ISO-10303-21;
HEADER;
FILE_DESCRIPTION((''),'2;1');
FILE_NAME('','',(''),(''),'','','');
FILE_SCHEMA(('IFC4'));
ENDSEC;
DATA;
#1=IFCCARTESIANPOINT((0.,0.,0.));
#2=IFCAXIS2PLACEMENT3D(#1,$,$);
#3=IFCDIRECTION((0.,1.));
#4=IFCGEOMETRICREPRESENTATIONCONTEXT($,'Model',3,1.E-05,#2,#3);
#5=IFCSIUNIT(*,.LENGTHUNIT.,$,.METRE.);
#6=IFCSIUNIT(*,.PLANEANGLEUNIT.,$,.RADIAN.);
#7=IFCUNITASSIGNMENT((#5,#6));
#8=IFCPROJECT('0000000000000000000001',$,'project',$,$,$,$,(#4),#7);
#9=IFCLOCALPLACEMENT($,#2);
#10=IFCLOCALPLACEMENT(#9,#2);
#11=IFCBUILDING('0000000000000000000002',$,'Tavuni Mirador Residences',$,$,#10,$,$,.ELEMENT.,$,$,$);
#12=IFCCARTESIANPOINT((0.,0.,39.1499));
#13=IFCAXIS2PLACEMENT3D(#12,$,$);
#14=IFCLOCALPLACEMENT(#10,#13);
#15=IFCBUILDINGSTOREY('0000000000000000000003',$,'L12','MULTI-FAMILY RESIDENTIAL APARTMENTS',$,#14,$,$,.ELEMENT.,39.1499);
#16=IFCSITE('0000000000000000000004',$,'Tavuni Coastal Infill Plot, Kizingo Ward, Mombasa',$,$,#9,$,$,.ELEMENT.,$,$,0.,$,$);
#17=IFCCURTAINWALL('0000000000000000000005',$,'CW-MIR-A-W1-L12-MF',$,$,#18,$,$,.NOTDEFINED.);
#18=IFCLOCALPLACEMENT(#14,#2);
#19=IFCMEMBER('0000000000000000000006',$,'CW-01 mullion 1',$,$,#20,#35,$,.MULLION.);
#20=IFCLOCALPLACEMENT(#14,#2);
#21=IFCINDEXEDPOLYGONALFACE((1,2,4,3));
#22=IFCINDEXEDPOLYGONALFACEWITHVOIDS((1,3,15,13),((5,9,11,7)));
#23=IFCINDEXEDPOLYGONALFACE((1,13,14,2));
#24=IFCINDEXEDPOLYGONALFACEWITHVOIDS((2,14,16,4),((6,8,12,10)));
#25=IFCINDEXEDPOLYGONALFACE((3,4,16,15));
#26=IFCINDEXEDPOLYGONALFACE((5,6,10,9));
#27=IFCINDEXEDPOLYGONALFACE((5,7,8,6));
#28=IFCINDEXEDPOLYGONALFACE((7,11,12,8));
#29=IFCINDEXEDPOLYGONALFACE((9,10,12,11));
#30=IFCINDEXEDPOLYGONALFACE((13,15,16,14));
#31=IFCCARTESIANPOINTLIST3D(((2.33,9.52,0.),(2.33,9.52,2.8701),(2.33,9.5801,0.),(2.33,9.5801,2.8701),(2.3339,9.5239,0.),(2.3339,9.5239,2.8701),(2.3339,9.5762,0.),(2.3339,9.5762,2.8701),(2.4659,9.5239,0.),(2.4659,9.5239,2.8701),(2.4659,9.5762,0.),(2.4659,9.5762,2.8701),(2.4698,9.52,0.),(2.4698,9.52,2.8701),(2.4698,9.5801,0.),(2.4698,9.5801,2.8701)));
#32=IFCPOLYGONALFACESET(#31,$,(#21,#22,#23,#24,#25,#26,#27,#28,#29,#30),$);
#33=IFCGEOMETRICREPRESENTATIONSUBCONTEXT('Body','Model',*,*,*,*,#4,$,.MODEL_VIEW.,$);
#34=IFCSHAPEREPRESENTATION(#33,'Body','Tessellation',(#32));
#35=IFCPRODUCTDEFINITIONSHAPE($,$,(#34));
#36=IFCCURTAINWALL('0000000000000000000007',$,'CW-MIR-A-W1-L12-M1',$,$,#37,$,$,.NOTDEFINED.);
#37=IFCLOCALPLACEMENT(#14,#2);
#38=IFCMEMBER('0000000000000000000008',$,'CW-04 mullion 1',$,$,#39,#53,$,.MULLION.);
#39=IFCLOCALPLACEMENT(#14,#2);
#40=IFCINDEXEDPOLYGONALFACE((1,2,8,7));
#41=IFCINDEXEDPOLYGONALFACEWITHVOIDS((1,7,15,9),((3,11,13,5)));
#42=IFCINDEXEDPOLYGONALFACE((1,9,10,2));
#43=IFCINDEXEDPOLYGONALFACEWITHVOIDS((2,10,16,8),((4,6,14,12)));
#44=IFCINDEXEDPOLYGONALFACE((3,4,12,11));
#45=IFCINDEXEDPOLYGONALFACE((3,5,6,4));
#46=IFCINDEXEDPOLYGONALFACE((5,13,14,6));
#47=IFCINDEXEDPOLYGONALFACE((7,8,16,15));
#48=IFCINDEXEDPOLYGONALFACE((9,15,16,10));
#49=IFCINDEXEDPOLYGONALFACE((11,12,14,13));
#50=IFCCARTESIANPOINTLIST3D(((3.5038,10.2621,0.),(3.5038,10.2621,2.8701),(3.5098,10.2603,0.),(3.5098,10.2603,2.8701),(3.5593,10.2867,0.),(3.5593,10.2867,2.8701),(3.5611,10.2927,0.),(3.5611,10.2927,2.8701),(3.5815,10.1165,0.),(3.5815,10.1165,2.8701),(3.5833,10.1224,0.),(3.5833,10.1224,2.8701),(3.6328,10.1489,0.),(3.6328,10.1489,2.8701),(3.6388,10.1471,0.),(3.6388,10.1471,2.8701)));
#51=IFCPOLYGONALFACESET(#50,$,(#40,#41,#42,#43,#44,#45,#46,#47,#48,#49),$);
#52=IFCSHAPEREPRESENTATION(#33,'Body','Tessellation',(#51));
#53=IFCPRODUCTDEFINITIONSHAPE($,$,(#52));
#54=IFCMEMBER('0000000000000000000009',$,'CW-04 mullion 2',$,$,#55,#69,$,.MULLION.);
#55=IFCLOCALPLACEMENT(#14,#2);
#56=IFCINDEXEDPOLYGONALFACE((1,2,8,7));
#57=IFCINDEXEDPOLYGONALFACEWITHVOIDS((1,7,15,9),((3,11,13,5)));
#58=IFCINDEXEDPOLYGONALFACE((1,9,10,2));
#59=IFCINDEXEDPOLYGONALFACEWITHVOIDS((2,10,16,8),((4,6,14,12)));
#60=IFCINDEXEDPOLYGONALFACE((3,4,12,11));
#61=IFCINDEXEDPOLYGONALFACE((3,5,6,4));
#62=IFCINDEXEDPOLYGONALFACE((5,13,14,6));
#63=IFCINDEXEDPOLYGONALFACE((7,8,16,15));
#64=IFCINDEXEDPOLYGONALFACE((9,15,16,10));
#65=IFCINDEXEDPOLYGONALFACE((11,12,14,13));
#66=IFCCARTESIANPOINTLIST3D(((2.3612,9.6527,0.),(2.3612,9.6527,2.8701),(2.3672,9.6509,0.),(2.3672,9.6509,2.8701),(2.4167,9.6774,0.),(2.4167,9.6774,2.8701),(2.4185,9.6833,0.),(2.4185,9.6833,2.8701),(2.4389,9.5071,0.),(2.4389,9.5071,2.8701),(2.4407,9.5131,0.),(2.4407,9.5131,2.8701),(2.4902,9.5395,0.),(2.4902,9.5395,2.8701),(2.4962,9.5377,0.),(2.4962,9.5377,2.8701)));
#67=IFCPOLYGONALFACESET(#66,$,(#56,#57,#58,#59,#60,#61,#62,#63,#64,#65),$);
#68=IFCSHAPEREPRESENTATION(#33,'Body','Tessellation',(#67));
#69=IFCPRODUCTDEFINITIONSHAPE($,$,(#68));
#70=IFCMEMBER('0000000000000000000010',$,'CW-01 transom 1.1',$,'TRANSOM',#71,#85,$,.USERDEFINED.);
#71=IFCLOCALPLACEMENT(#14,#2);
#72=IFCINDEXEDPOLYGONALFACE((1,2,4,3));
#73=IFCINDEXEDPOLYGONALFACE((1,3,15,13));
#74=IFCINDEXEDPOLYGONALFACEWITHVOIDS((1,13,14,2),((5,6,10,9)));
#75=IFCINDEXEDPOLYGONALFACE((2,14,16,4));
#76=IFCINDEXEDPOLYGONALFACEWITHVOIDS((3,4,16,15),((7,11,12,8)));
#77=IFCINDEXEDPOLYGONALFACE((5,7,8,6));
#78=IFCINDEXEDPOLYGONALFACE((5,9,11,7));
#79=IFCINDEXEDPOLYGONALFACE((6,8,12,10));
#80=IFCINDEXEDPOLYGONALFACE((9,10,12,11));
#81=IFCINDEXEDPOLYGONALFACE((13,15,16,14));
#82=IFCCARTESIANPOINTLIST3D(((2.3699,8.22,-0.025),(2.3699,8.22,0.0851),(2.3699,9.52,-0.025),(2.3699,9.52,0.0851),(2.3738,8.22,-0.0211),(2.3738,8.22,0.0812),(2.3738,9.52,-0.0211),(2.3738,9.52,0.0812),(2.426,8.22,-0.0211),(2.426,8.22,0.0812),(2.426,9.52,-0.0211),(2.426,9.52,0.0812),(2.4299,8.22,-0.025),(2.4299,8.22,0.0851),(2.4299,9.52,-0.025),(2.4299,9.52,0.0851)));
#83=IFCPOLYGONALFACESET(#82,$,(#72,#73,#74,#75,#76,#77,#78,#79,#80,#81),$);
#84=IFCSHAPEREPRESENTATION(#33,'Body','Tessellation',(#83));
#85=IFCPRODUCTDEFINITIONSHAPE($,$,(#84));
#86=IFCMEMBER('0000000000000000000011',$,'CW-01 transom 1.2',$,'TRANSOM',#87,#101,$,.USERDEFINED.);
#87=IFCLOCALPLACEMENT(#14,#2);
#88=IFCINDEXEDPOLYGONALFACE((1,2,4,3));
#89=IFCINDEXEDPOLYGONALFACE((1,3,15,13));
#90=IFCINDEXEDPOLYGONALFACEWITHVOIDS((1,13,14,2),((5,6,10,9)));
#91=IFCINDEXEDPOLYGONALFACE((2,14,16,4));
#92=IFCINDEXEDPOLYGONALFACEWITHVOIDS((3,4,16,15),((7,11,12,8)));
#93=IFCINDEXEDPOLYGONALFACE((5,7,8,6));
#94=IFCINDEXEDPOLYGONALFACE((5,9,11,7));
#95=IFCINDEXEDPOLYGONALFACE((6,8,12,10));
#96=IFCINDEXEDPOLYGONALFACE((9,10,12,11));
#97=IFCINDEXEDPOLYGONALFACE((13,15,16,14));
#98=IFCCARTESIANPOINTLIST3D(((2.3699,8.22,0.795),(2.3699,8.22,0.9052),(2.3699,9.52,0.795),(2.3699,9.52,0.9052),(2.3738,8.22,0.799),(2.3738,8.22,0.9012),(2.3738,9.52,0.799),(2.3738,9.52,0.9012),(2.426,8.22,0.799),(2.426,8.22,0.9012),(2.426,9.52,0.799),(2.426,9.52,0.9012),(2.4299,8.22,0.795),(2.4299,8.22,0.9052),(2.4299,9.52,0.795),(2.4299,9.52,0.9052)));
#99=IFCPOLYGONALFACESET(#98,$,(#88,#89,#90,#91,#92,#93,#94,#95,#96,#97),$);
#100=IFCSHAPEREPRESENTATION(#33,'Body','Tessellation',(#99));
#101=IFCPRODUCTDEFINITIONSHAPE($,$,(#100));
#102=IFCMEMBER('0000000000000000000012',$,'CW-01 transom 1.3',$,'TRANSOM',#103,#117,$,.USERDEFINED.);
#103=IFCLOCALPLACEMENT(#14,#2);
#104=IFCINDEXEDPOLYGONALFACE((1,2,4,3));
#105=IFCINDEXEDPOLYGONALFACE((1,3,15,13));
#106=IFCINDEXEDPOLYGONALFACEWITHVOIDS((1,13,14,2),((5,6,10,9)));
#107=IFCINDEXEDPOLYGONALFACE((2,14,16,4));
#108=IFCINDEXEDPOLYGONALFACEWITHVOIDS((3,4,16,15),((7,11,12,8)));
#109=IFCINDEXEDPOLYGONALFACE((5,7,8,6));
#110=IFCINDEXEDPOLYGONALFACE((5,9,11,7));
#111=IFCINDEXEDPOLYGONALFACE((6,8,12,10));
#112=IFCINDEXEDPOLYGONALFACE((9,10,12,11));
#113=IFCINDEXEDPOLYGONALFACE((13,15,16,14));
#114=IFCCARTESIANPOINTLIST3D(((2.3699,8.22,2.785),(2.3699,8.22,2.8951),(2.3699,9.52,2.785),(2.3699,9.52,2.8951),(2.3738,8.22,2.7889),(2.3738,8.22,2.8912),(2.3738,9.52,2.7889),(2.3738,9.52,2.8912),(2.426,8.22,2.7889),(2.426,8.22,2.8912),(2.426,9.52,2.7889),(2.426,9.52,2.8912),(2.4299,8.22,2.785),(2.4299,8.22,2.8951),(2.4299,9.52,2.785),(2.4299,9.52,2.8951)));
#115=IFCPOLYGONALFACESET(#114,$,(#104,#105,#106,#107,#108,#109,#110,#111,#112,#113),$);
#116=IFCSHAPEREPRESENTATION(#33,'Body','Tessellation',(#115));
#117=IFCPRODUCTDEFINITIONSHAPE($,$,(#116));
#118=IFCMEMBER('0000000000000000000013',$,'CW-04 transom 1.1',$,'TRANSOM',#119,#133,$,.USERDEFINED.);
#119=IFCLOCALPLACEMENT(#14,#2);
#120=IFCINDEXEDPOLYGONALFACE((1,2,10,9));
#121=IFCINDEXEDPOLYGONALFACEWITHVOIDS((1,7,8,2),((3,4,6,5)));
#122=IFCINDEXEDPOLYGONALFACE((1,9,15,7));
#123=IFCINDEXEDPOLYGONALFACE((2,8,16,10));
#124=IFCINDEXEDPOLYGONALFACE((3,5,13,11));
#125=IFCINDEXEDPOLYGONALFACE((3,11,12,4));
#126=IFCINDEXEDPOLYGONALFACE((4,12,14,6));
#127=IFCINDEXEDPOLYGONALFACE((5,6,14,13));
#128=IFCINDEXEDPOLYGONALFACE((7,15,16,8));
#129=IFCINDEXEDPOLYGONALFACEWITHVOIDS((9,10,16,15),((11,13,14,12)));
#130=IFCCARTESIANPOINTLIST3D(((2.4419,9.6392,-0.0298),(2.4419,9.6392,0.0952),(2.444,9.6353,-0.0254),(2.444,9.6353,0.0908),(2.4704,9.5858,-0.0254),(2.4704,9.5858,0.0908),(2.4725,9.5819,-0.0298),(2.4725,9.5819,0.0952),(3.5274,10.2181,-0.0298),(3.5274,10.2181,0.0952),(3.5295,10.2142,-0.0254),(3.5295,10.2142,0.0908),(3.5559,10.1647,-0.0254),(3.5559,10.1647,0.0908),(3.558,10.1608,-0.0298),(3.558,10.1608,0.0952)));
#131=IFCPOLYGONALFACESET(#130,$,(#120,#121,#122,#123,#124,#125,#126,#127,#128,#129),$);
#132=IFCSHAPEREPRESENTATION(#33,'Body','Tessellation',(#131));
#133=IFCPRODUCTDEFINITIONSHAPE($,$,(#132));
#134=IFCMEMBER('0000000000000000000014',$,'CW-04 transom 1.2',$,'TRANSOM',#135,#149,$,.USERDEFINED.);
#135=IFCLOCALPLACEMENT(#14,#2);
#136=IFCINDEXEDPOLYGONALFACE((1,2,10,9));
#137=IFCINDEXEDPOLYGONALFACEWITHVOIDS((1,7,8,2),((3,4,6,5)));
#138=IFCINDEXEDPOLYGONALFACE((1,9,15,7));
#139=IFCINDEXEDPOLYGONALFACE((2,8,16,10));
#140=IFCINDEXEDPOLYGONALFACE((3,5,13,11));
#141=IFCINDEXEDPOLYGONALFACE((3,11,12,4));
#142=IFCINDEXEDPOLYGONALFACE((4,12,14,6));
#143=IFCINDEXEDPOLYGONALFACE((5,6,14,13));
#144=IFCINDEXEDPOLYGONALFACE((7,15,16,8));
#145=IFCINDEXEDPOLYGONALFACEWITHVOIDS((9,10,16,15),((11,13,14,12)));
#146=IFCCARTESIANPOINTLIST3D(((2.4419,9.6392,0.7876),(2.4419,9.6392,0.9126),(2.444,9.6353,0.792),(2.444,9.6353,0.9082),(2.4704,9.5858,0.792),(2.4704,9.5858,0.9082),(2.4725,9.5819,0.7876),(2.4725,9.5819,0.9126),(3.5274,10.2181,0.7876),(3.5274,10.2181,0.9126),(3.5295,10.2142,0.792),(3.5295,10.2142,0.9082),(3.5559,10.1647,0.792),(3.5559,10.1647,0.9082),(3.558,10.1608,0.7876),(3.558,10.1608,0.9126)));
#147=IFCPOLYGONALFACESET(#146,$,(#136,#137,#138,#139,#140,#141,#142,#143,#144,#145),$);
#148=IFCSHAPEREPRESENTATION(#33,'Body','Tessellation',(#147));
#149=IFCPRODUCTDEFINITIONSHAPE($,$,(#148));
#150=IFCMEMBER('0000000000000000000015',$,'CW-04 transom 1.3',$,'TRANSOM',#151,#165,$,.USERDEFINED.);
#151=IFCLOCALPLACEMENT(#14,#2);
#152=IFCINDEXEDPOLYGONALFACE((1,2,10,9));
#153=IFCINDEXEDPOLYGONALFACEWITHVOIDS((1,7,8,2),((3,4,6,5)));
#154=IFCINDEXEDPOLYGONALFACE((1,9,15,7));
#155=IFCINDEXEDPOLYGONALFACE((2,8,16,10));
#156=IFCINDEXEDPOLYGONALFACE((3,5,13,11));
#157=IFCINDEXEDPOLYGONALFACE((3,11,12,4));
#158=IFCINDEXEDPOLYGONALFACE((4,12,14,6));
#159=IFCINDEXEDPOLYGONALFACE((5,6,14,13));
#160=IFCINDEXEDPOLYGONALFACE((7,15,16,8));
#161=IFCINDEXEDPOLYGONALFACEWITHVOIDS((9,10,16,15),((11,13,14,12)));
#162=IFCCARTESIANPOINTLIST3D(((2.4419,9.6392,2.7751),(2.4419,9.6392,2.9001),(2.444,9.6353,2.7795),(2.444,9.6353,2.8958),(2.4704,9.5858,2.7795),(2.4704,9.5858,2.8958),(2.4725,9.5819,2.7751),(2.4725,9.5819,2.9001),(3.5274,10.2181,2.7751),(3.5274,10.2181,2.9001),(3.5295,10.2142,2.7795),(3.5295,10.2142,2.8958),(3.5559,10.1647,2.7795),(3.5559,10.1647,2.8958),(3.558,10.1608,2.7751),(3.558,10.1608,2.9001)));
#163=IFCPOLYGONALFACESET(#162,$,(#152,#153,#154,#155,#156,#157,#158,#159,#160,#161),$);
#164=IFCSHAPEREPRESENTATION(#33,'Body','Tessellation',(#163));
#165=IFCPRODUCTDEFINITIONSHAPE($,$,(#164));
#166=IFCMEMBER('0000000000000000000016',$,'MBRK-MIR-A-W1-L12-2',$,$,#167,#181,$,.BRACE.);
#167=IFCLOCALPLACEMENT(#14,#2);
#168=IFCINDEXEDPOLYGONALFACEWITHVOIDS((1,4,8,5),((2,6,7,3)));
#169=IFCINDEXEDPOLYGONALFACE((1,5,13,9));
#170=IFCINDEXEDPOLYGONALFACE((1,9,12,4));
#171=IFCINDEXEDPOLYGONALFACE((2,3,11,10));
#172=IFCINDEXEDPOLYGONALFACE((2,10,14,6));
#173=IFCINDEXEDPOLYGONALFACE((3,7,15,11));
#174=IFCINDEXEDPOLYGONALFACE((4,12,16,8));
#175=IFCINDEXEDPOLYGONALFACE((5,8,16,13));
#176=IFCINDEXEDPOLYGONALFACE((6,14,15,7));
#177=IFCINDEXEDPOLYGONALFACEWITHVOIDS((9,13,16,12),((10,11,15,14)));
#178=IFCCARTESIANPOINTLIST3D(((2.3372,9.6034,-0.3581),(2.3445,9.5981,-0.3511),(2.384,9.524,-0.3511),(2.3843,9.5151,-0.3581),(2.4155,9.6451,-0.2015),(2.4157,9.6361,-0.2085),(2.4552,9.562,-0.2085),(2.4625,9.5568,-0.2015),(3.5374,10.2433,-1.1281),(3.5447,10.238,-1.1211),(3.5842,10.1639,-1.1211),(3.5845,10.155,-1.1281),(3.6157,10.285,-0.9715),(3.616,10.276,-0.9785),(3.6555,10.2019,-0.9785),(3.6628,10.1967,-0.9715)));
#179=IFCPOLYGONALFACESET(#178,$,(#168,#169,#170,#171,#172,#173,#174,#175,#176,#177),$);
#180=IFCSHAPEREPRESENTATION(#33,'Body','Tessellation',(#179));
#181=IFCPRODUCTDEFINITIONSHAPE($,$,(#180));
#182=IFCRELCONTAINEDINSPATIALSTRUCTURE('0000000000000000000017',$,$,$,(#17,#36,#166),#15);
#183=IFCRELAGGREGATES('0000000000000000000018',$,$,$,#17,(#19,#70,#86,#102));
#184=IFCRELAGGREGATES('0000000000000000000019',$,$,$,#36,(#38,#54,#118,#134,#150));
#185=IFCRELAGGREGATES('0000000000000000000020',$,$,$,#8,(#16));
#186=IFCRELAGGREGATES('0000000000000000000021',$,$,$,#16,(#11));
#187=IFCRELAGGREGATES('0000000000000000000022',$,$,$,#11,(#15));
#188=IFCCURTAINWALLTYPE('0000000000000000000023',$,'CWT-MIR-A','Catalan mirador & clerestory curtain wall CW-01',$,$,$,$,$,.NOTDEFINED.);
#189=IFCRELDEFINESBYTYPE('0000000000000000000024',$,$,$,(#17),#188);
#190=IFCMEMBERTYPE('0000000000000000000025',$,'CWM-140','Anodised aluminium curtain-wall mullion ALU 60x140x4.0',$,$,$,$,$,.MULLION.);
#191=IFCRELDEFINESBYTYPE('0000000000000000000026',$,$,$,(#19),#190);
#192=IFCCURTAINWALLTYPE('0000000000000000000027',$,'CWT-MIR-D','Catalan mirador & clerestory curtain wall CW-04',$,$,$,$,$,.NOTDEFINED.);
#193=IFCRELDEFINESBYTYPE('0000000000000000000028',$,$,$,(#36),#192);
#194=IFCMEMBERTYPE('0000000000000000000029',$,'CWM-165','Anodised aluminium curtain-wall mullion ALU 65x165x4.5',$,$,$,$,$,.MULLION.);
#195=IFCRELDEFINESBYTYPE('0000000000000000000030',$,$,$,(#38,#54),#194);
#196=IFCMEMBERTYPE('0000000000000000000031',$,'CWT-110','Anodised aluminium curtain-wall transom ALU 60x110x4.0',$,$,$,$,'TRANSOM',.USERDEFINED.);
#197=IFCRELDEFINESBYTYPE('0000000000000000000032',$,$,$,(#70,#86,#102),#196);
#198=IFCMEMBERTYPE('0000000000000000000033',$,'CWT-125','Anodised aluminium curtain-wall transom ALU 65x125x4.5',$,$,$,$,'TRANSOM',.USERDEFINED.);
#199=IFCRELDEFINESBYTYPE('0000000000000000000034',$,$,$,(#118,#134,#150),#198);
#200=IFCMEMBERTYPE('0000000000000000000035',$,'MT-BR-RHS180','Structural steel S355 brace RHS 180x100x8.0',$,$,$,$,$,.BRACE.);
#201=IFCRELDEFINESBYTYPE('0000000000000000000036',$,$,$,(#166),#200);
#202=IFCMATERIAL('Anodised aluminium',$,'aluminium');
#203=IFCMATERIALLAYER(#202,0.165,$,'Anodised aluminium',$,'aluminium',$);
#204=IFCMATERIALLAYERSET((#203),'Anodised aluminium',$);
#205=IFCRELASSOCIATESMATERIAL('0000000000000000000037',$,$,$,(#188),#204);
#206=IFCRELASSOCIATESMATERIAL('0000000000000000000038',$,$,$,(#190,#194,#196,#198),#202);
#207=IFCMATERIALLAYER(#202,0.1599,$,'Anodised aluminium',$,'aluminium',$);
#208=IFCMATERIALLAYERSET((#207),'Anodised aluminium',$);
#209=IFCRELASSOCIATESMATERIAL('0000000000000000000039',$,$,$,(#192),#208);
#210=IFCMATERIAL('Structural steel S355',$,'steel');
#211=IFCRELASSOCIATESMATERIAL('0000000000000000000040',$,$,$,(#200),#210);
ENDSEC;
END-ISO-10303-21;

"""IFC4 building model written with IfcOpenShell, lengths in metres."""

from ifc_helpers import new_model, si_unit, direction, frame, origin, origin_2d, place, context, subcontext, project, spatial, hollow_rectangle, extrude, material, layer, layer_set, material_profile, profile_set, type_object, element, aggregate, save


model = new_model("IFC4")

# Units and contexts
model_context = context("Model", 3, precision=1e-05, world=origin(), true_north=direction((0.0, 1.0)))
body_context = subcontext(model_context, "Body", "Model", "MODEL_VIEW")
ifc_project = project(units=[si_unit("LENGTHUNIT", "METRE"), si_unit("PLANEANGLEUNIT", "RADIAN")], contexts=[model_context])

# Site, building, storey
site_placement = place(None, origin())
site = spatial("IfcSite", under=ifc_project, at=site_placement, Name="Tavuni Coastal Infill Plot, Kizingo Ward, Mombasa", CompositionType="ELEMENT", RefElevation=0.0)
building_placement = place(site_placement, origin())
building = spatial("IfcBuilding", under=site, at=building_placement, Name="Tavuni Mirador Residences", CompositionType="ELEMENT")
storey_placement = place(building_placement, frame((0.0, 0.0, 39.1499)))
storey = spatial("IfcBuildingStorey", under=building, at=storey_placement, Name="L12", Description="MULTI-FAMILY RESIDENTIAL APARTMENTS", CompositionType="ELEMENT", Elevation=39.1499)

# Curtain wall, member
ifc_material_1 = material(Name="Anodised aluminium", Category="aluminium")
ifc_layer_1 = layer(ifc_material_1, 0.165, Name="Anodised aluminium", Category="aluminium")
ifc_layer_set_1 = layer_set([ifc_layer_1], Name="Anodised aluminium")
curtain_wall_type_1 = type_object("IfcCurtainWallType", Name="CWT-MIR-A", Description="Catalan mirador & clerestory curtain wall CW-01", PredefinedType="NOTDEFINED", material=ifc_layer_set_1)
curtain_wall_1_placement = place(storey_placement, origin())
curtain_wall_1 = element("IfcCurtainWall", 1, at=curtain_wall_1_placement, inside=storey, type_object=curtain_wall_type_1, Name="CW-MIR-A-W1-L12-MF", PredefinedType="NOTDEFINED")
ifc_material_profile_1 = material_profile(ifc_material_1, hollow_rectangle(XDim=0.0601, YDim=0.1399, WallThickness=0.0039, at=origin_2d()), Name="ALU 60x140x4.0", Category="aluminium")
ifc_profile_set_1 = profile_set([ifc_material_profile_1], Name="Anodised aluminium")
member_type_1 = type_object("IfcMemberType", Name="CWM-140", Description="Anodised aluminium curtain-wall mullion ALU 60x140x4.0", PredefinedType="MULLION", material=ifc_profile_set_1)
member_1_placement = place(storey_placement, frame((2.3999, 9.55, 0.0), z_axis=(0.0, 0.0, 1.0), x_axis=(0.0, -1.0, 0.0)))
member_1 = element("IfcMember", 2, at=member_1_placement, type_object=member_type_1, Name="CW-01 mullion 1", PredefinedType="MULLION", context=body_context, shape_type="SweptSolid", body=[
    extrude(hollow_rectangle(XDim=0.0601, YDim=0.1399, WallThickness=0.0039, at=origin_2d()), origin(), (0.0, 0.0, 1.0), 2.8701),
])

# Curtain wall, members
ifc_layer_2 = layer(ifc_material_1, 0.1599, Name="Anodised aluminium", Category="aluminium")
ifc_layer_set_2 = layer_set([ifc_layer_2], Name="Anodised aluminium")
curtain_wall_type_2 = type_object("IfcCurtainWallType", Name="CWT-MIR-D", Description="Catalan mirador & clerestory curtain wall CW-04", PredefinedType="NOTDEFINED", material=ifc_layer_set_2)
curtain_wall_2_placement = place(storey_placement, origin())
curtain_wall_2 = element("IfcCurtainWall", 3, at=curtain_wall_2_placement, inside=storey, type_object=curtain_wall_type_2, Name="CW-MIR-A-W1-L12-M1", PredefinedType="NOTDEFINED")
ifc_material_profile_2 = material_profile(ifc_material_1, hollow_rectangle(XDim=0.0649, YDim=0.165, WallThickness=0.0044, at=origin_2d()), Name="ALU 65x165x4.5", Category="aluminium")
ifc_profile_set_2 = profile_set([ifc_material_profile_2], Name="Anodised aluminium")
member_type_2 = type_object("IfcMemberType", Name="CWM-165", Description="Anodised aluminium curtain-wall mullion ALU 65x165x4.5", PredefinedType="MULLION", material=ifc_profile_set_2)
member_2_placement = place(storey_placement, frame((3.5713, 10.2046, 0.0), z_axis=(0.0, 0.0, 1.0), x_axis=(-0.882353, -0.470588, 0.0)))
member_2 = element("IfcMember", 4, at=member_2_placement, type_object=member_type_2, Name="CW-04 mullion 1", PredefinedType="MULLION", context=body_context, shape_type="SweptSolid", body=[
    extrude(hollow_rectangle(XDim=0.0649, YDim=0.165, WallThickness=0.0044, at=origin_2d()), origin(), (0.0, 0.0, 1.0), 2.8701),
])
member_3_placement = place(storey_placement, frame((2.4287, 9.5952, 0.0), z_axis=(0.0, 0.0, 1.0), x_axis=(-0.882353, -0.470588, 0.0)))
member_3 = element("IfcMember", 5, at=member_3_placement, type_object=member_type_2, Name="CW-04 mullion 2", PredefinedType="MULLION", context=body_context, shape_type="SweptSolid", body=[
    extrude(hollow_rectangle(XDim=0.0649, YDim=0.165, WallThickness=0.0044, at=origin_2d()), origin(), (0.0, 0.0, 1.0), 2.8701),
])

# Members
ifc_material_profile_3 = material_profile(ifc_material_1, hollow_rectangle(XDim=0.0601, YDim=0.1101, WallThickness=0.0039, at=origin_2d()), Name="ALU 60x110x4.0", Category="aluminium")
ifc_profile_set_3 = profile_set([ifc_material_profile_3], Name="Anodised aluminium")
member_type_3 = type_object("IfcMemberType", Name="CWT-110", Description="Anodised aluminium curtain-wall transom ALU 60x110x4.0", ElementType="TRANSOM", PredefinedType="USERDEFINED", material=ifc_profile_set_3)
member_4_placement = place(storey_placement, frame((2.3999, 9.52, 0.03), z_axis=(0.0, -1.0, 0.0), x_axis=(1.0, 0.0, 0.0)))
member_4 = element("IfcMember", 6, at=member_4_placement, type_object=member_type_3, Name="CW-01 transom 1.1", ObjectType="TRANSOM", PredefinedType="USERDEFINED", context=body_context, shape_type="SweptSolid", body=[
    extrude(hollow_rectangle(XDim=0.0601, YDim=0.1101, WallThickness=0.0039, at=origin_2d()), origin(), (0.0, 0.0, 1.0), 1.3),
])
member_5_placement = place(storey_placement, frame((2.3999, 9.52, 0.8501), z_axis=(0.0, -1.0, 0.0), x_axis=(1.0, 0.0, 0.0)))
member_5 = element("IfcMember", 7, at=member_5_placement, type_object=member_type_3, Name="CW-01 transom 1.2", ObjectType="TRANSOM", PredefinedType="USERDEFINED", context=body_context, shape_type="SweptSolid", body=[
    extrude(hollow_rectangle(XDim=0.0601, YDim=0.1101, WallThickness=0.0039, at=origin_2d()), origin(), (0.0, 0.0, 1.0), 1.3),
])
member_6_placement = place(storey_placement, frame((2.3999, 9.52, 2.8401), z_axis=(0.0, -1.0, 0.0), x_axis=(1.0, 0.0, 0.0)))
member_6 = element("IfcMember", 8, at=member_6_placement, type_object=member_type_3, Name="CW-01 transom 1.3", ObjectType="TRANSOM", PredefinedType="USERDEFINED", context=body_context, shape_type="SweptSolid", body=[
    extrude(hollow_rectangle(XDim=0.0601, YDim=0.1101, WallThickness=0.0039, at=origin_2d()), origin(), (0.0, 0.0, 1.0), 1.3),
])
aggregate(curtain_wall_1, [member_1, member_4, member_5, member_6])
ifc_material_profile_4 = material_profile(ifc_material_1, hollow_rectangle(XDim=0.0649, YDim=0.125, WallThickness=0.0044, at=origin_2d()), Name="ALU 65x125x4.5", Category="aluminium")
ifc_profile_set_4 = profile_set([ifc_material_profile_4], Name="Anodised aluminium")
member_type_4 = type_object("IfcMemberType", Name="CWT-125", Description="Anodised aluminium curtain-wall transom ALU 65x125x4.5", ElementType="TRANSOM", PredefinedType="USERDEFINED", material=ifc_profile_set_4)
member_7_placement = place(storey_placement, frame((3.5427, 10.1895, 0.0327), z_axis=(-0.882369, -0.470557, 0.0), x_axis=(0.470557, -0.882369, 0.0)))
member_7 = element("IfcMember", 9, at=member_7_placement, type_object=member_type_4, Name="CW-04 transom 1.1", ObjectType="TRANSOM", PredefinedType="USERDEFINED", context=body_context, shape_type="SweptSolid", body=[
    extrude(hollow_rectangle(XDim=0.0649, YDim=0.125, WallThickness=0.0044, at=origin_2d()), origin(), (0.0, 0.0, 1.0), 1.2302),
])
member_8_placement = place(storey_placement, frame((3.5427, 10.1895, 0.8501), z_axis=(-0.882369, -0.470557, 0.0), x_axis=(0.470557, -0.882369, 0.0)))
member_8 = element("IfcMember", 10, at=member_8_placement, type_object=member_type_4, Name="CW-04 transom 1.2", ObjectType="TRANSOM", PredefinedType="USERDEFINED", context=body_context, shape_type="SweptSolid", body=[
    extrude(hollow_rectangle(XDim=0.0649, YDim=0.125, WallThickness=0.0044, at=origin_2d()), origin(), (0.0, 0.0, 1.0), 1.2302),
])
member_9_placement = place(storey_placement, frame((3.5427, 10.1895, 2.8376), z_axis=(-0.882369, -0.470557, 0.0), x_axis=(0.470557, -0.882369, 0.0)))
member_9 = element("IfcMember", 11, at=member_9_placement, type_object=member_type_4, Name="CW-04 transom 1.3", ObjectType="TRANSOM", PredefinedType="USERDEFINED", context=body_context, shape_type="SweptSolid", body=[
    extrude(hollow_rectangle(XDim=0.0649, YDim=0.125, WallThickness=0.0044, at=origin_2d()), origin(), (0.0, 0.0, 1.0), 1.2302),
])
ifc_material_2 = material(Name="Structural steel S355", Category="steel")
ifc_material_profile_5 = material_profile(ifc_material_2, hollow_rectangle(XDim=0.1001, YDim=0.1799, WallThickness=0.0081, at=origin_2d()), Name="RHS 180x100x8.0", Category="steel")
ifc_profile_set_5 = profile_set([ifc_material_profile_5], Name="Structural steel S355")
member_type_5 = type_object("IfcMemberType", Name="MT-BR-RHS180", Description="Structural steel S355 brace RHS 180x100x8.0", PredefinedType="BRACE", material=ifc_profile_set_5)
member_10_placement = place(storey_placement, frame((3.6001, 10.22, -1.0498), z_axis=(-0.767896, -0.409409, 0.492666), x_axis=(0.470467, -0.882418, 0.0)))
element("IfcMember", 12, at=member_10_placement, inside=storey, type_object=member_type_5, Name="MBRK-MIR-A-W1-L12-2", PredefinedType="BRACE", context=body_context, shape_type="SweptSolid", body=[
    extrude(hollow_rectangle(XDim=0.1001, YDim=0.1799, WallThickness=0.0081, at=origin_2d()), origin(), (0.0, 0.0, 1.0), 1.563),
])

aggregate(curtain_wall_2, [member_2, member_3, member_7, member_8, member_9])

save(model, "model.ifc")
